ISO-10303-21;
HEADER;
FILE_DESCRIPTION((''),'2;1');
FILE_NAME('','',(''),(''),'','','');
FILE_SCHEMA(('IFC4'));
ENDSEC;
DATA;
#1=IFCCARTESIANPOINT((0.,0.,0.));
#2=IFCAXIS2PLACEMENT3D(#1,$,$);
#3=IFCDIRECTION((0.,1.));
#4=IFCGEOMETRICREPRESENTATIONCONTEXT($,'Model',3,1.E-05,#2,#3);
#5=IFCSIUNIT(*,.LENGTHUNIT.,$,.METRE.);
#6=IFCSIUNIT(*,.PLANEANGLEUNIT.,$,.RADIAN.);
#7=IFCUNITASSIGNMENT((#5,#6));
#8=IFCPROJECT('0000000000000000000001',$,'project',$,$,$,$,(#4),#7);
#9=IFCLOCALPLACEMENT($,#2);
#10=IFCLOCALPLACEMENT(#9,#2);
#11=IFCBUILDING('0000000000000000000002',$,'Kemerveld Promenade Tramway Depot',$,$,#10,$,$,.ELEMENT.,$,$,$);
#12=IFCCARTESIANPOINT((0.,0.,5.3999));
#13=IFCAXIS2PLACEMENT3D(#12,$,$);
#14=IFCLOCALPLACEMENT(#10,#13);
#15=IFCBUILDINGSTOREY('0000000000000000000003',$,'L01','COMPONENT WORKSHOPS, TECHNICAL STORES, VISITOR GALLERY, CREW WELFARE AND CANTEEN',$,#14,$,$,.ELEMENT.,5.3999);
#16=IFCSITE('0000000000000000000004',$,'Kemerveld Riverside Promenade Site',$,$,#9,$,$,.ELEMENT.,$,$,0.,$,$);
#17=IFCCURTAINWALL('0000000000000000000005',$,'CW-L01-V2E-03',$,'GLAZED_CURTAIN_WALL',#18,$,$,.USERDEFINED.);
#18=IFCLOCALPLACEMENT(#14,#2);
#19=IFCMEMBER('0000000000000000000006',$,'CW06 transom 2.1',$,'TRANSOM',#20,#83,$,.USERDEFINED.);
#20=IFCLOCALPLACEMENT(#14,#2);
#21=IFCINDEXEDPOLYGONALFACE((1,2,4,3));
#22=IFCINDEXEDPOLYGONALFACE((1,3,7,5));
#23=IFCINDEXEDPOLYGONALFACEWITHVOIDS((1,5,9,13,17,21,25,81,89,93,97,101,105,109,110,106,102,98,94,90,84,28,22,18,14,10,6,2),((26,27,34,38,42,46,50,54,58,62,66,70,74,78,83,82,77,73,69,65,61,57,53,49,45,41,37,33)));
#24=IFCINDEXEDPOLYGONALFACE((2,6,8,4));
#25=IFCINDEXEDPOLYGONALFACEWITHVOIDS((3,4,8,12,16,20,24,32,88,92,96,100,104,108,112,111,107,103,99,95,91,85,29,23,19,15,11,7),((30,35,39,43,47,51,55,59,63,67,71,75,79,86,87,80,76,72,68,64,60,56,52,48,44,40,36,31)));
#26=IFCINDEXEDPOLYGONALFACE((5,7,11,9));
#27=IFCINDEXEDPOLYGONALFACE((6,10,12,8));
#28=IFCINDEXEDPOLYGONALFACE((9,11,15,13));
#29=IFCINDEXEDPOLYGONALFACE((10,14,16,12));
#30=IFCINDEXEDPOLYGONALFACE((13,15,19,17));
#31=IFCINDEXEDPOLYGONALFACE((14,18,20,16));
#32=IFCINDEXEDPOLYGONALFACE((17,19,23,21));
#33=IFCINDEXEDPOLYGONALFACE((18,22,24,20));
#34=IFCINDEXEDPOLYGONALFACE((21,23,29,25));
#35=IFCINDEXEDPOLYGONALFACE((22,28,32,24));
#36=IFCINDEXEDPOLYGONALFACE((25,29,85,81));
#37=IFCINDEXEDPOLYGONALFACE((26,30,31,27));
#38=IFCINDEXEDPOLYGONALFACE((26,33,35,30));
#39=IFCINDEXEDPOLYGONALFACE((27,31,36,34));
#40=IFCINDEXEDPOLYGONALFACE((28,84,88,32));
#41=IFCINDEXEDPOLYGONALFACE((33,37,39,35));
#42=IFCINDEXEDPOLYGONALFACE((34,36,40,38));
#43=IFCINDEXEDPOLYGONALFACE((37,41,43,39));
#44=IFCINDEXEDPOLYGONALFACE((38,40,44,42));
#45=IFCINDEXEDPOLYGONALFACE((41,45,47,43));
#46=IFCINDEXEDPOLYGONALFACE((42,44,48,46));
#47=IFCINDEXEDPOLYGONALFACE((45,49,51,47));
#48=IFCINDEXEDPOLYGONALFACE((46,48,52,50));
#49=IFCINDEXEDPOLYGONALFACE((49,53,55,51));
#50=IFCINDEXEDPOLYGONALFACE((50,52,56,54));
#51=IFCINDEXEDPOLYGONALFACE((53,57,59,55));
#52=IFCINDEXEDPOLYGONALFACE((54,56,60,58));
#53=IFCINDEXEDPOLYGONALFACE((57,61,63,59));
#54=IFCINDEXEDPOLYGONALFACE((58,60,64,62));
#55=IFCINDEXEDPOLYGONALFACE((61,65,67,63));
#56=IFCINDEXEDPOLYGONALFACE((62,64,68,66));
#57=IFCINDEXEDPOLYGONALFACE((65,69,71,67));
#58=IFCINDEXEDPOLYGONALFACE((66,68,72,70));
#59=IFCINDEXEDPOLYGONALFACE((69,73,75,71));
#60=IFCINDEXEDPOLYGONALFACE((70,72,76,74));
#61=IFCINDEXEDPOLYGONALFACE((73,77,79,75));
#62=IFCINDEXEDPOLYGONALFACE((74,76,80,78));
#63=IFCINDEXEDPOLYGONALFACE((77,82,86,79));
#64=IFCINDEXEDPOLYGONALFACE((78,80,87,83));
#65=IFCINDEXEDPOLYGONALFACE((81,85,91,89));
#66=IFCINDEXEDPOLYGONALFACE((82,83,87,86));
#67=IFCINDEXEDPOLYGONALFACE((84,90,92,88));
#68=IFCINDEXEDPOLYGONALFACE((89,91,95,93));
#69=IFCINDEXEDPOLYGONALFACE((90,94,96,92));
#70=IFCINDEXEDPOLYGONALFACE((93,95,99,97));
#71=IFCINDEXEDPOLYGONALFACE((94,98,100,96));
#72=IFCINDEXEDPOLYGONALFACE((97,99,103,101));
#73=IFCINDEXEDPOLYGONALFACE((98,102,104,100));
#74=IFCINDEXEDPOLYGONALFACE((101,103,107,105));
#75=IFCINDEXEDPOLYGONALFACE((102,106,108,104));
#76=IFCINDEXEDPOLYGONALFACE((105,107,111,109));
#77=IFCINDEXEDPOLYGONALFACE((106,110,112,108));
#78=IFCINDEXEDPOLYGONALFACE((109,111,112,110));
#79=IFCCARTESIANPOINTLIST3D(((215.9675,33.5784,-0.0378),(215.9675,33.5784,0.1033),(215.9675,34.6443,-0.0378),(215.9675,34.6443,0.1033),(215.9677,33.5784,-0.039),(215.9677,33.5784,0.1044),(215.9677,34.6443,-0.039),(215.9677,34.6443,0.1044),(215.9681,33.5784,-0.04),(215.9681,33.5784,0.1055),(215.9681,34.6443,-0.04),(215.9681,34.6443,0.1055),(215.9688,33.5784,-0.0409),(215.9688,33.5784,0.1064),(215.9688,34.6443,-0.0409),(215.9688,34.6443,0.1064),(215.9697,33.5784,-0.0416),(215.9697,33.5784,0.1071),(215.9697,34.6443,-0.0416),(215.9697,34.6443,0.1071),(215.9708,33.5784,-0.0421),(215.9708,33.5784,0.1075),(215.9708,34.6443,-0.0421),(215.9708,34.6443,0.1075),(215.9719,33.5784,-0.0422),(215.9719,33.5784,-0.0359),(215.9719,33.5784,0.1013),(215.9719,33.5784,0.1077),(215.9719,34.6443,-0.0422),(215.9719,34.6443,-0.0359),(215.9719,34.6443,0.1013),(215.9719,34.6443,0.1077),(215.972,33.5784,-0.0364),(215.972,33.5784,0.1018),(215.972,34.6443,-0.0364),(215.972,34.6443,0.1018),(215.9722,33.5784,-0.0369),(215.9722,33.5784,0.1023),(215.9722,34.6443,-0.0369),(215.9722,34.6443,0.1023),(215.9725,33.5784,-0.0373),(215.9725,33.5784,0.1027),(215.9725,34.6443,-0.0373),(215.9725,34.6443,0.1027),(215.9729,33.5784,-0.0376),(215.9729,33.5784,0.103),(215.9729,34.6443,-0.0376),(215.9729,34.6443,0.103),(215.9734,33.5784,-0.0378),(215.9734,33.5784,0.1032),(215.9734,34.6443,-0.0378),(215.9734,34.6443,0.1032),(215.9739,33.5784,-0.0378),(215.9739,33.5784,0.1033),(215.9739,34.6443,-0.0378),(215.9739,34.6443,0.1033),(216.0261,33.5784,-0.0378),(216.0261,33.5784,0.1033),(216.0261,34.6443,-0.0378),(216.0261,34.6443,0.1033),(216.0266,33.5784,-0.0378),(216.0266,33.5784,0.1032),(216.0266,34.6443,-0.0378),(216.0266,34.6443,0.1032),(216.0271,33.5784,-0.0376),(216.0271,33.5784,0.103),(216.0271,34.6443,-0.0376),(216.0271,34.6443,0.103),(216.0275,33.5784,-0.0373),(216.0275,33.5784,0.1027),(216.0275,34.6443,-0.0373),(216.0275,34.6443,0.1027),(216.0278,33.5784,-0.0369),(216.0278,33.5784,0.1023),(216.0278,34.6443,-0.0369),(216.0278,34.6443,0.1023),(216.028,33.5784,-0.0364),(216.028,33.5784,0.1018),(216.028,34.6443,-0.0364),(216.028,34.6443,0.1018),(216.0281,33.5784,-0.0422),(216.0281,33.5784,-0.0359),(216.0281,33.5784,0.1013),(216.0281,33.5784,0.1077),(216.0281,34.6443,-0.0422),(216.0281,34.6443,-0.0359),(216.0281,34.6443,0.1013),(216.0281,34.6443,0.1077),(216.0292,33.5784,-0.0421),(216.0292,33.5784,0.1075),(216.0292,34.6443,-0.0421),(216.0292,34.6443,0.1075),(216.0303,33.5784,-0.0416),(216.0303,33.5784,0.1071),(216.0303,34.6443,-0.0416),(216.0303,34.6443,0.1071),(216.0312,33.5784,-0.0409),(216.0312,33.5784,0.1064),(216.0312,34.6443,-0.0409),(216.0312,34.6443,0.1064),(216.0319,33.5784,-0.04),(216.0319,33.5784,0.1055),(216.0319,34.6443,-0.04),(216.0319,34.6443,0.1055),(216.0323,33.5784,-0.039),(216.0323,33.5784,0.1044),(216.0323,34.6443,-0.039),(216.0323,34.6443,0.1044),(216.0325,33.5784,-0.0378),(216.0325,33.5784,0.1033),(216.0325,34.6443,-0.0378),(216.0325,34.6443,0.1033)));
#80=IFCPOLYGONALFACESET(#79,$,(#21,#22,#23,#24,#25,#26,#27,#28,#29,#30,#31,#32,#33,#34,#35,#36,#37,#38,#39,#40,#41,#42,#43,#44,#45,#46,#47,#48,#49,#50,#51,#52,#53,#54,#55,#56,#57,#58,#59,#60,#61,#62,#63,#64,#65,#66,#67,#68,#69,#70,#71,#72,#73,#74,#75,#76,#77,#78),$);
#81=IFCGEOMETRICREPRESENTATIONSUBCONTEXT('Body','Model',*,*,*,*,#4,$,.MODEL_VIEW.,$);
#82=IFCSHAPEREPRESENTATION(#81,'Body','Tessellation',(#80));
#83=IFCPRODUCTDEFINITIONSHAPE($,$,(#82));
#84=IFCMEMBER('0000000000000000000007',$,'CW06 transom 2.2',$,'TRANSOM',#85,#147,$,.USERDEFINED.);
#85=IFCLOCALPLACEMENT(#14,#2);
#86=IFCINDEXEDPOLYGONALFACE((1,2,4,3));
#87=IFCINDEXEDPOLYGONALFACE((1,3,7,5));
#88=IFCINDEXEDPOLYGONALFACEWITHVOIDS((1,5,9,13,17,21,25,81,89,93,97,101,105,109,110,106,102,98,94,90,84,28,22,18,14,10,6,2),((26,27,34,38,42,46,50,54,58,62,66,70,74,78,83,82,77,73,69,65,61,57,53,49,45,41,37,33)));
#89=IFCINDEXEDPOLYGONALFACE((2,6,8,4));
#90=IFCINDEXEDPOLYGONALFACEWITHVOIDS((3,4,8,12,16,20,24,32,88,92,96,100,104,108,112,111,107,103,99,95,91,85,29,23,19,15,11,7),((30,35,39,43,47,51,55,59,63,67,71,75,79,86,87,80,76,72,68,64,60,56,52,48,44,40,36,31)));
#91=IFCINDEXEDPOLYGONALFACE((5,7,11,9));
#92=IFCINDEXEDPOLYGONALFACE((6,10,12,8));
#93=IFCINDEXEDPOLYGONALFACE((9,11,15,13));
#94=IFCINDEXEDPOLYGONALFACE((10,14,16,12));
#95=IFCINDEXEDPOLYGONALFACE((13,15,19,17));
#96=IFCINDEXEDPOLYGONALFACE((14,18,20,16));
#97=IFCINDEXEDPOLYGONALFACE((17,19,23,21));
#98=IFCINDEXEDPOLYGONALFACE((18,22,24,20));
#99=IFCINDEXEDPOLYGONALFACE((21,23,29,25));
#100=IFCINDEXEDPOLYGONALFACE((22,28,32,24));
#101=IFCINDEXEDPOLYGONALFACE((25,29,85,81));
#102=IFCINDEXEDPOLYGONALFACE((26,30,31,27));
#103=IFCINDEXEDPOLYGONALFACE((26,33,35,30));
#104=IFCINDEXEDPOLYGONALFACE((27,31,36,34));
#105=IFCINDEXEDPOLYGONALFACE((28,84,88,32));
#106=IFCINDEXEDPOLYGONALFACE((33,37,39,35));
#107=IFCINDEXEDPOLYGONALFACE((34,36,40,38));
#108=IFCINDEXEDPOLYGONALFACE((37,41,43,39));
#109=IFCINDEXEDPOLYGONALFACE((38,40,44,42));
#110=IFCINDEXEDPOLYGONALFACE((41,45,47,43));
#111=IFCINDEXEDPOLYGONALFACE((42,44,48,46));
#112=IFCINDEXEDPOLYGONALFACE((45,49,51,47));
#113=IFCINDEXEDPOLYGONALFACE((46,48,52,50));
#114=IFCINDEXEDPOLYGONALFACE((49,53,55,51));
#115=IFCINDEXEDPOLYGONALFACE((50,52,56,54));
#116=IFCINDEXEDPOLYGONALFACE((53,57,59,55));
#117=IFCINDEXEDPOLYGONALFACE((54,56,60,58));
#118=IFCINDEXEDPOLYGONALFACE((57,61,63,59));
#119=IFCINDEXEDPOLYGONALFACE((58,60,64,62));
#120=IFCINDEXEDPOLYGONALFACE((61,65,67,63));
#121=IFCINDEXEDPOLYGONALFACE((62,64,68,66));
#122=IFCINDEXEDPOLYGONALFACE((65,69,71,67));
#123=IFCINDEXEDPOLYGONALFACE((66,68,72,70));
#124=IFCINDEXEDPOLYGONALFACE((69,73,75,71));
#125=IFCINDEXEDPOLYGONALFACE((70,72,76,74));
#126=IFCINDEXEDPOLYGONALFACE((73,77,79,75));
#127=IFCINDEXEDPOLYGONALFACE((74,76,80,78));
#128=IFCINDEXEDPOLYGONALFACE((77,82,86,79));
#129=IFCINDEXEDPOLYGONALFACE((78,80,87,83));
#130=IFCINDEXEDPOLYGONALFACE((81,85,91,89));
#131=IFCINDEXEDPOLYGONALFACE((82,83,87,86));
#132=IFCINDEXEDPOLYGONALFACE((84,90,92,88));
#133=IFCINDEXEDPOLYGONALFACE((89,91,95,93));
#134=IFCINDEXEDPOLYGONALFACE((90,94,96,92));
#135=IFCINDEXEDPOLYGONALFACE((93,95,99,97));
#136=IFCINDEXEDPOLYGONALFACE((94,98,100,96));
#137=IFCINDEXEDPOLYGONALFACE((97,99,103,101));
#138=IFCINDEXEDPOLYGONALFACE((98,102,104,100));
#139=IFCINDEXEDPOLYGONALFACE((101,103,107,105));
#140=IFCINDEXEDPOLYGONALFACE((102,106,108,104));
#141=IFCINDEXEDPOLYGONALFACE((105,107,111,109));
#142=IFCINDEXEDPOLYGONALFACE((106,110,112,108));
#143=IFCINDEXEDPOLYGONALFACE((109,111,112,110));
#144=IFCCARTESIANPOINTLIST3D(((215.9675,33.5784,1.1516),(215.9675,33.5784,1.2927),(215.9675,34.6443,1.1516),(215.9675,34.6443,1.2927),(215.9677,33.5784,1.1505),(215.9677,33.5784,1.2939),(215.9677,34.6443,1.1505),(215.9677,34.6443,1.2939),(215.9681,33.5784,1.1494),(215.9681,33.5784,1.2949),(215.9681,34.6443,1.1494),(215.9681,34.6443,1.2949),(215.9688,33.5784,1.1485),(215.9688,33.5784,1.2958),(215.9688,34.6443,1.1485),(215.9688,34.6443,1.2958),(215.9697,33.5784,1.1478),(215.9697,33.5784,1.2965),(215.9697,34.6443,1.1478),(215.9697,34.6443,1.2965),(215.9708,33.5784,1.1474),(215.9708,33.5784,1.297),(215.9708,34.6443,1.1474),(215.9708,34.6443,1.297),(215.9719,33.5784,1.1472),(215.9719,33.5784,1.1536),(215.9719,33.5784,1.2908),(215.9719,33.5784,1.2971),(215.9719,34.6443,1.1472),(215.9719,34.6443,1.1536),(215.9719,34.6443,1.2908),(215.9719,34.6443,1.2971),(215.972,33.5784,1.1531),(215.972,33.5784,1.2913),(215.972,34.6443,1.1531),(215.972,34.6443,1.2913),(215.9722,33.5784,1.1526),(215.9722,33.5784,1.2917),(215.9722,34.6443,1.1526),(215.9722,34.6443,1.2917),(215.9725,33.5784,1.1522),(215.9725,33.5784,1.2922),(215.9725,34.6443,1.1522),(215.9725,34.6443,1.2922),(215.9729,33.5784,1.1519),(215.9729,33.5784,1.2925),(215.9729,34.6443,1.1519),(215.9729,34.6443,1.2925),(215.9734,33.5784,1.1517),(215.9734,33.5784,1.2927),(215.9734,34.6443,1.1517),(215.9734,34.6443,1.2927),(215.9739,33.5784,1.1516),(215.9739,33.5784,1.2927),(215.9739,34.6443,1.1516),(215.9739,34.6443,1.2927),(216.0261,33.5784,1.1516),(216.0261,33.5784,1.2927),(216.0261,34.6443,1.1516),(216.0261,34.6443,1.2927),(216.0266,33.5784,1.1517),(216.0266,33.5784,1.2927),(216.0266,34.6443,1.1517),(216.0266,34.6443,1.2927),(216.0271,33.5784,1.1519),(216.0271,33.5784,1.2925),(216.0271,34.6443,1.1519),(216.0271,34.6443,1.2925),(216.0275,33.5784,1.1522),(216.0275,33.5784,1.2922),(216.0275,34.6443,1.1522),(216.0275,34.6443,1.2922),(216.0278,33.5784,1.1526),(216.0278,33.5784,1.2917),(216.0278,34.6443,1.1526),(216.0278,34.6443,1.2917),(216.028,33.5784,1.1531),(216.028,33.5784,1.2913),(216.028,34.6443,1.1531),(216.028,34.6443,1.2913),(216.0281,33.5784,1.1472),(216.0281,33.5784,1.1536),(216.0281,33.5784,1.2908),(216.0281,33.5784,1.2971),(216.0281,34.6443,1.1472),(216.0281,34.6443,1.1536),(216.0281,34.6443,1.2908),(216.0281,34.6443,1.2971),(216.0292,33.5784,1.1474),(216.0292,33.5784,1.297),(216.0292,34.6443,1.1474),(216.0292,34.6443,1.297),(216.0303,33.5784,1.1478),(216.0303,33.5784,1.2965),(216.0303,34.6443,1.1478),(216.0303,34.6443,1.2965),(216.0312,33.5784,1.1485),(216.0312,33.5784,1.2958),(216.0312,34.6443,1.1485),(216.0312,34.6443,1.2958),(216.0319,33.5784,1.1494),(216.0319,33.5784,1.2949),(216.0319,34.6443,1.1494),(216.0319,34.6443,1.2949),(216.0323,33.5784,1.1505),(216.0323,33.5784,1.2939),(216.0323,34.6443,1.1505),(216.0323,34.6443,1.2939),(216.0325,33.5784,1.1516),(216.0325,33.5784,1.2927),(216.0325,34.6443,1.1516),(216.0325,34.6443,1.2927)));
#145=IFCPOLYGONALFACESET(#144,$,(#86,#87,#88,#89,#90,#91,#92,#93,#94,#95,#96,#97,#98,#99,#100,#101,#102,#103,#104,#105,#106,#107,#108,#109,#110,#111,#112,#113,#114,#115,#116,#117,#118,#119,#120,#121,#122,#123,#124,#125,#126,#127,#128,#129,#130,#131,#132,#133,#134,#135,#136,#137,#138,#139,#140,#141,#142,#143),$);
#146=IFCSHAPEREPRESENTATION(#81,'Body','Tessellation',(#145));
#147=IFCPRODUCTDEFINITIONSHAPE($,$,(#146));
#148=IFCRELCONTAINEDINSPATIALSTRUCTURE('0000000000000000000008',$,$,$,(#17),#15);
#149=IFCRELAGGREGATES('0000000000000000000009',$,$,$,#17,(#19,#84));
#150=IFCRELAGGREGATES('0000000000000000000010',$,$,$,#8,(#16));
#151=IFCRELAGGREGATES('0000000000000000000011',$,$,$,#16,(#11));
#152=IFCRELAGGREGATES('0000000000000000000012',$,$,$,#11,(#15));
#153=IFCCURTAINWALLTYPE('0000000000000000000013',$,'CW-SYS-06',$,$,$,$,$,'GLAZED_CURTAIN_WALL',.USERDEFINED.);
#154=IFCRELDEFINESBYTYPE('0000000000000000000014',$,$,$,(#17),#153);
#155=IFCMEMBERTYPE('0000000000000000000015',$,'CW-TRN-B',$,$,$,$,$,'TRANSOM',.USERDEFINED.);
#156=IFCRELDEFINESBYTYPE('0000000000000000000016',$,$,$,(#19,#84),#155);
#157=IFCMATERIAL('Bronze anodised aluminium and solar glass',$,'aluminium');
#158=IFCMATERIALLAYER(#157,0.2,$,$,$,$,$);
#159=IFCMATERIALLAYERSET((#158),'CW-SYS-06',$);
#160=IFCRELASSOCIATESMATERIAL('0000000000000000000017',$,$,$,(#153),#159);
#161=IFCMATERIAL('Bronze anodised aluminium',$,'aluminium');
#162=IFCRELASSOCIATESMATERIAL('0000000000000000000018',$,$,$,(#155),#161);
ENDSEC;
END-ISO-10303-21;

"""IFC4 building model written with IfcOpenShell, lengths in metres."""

from ifc_helpers import new_model, si_unit, direction, frame, origin, origin_2d, place, context, subcontext, project, spatial, hollow_rectangle, extrude, material, layer, layer_set, material_profile, profile_set, type_object, element, aggregate, save


model = new_model("IFC4")

# Units and contexts
model_context = context("Model", 3, precision=1e-05, world=origin(), true_north=direction((0.0, 1.0)))
body_context = subcontext(model_context, "Body", "Model", "MODEL_VIEW")
ifc_project = project(units=[si_unit("LENGTHUNIT", "METRE"), si_unit("PLANEANGLEUNIT", "RADIAN")], contexts=[model_context])

# Site, building, storey
site_placement = place(None, origin())
site = spatial("IfcSite", under=ifc_project, at=site_placement, Name="Kemerveld Riverside Promenade Site", CompositionType="ELEMENT", RefElevation=0.0)
building_placement = place(site_placement, origin())
building = spatial("IfcBuilding", under=site, at=building_placement, Name="Kemerveld Promenade Tramway Depot", CompositionType="ELEMENT")
storey_placement = place(building_placement, frame((0.0, 0.0, 5.3999)))
storey = spatial("IfcBuildingStorey", under=building, at=storey_placement, Name="L01", Description="COMPONENT WORKSHOPS, TECHNICAL STORES, VISITOR GALLERY, CREW WELFARE AND CANTEEN", CompositionType="ELEMENT", Elevation=5.3999)

# Curtain wall, members
ifc_material_1 = material(Name="Bronze anodised aluminium and solar glass", Category="aluminium")
ifc_layer_1 = layer(ifc_material_1, 0.2)
ifc_layer_set_1 = layer_set([ifc_layer_1], Name="CW-SYS-06")
curtain_wall_type = type_object("IfcCurtainWallType", Name="CW-SYS-06", ElementType="GLAZED_CURTAIN_WALL", PredefinedType="USERDEFINED", material=ifc_layer_set_1)
curtain_wall_placement = place(storey_placement, origin())
curtain_wall = element("IfcCurtainWall", 1, at=curtain_wall_placement, inside=storey, type_object=curtain_wall_type, Name="CW-L01-V2E-03", ObjectType="GLAZED_CURTAIN_WALL", PredefinedType="USERDEFINED")
ifc_material_2 = material(Name="Bronze anodised aluminium", Category="aluminium")
ifc_material_profile_1 = material_profile(ifc_material_2, hollow_rectangle(XDim=0.0649, YDim=0.1499, WallThickness=0.0044, InnerFilletRadius=0.002, OuterFilletRadius=0.0044, at=origin_2d()), Name="CW-TRN-150x65")
ifc_profile_set_1 = profile_set([ifc_material_profile_1], Name="Bronze anodised aluminium")
member_type_1 = type_object("IfcMemberType", Name="CW-TRN-B", ElementType="TRANSOM", PredefinedType="USERDEFINED", material=ifc_profile_set_1)
member_1_placement = place(storey_placement, frame((216.0, 34.6443, 0.0327), z_axis=(0.0, -1.0, 0.0), x_axis=(1.0, 0.0, 0.0)))
member_1 = element("IfcMember", 2, at=member_1_placement, type_object=member_type_1, Name="CW06 transom 2.1", ObjectType="TRANSOM", PredefinedType="USERDEFINED", context=body_context, shape_type="SweptSolid", body=[
    extrude(hollow_rectangle(XDim=0.0649, YDim=0.1499, WallThickness=0.0044, InnerFilletRadius=0.002, OuterFilletRadius=0.0044, at=origin_2d()), origin(), (0.0, 0.0, 1.0), 1.0659),
])
member_2_placement = place(storey_placement, frame((216.0, 34.6443, 1.2222), z_axis=(0.0, -1.0, 0.0), x_axis=(1.0, 0.0, 0.0)))
member_2 = element("IfcMember", 3, at=member_2_placement, type_object=member_type_1, Name="CW06 transom 2.2", ObjectType="TRANSOM", PredefinedType="USERDEFINED", context=body_context, shape_type="SweptSolid", body=[
    extrude(hollow_rectangle(XDim=0.0649, YDim=0.1499, WallThickness=0.0044, InnerFilletRadius=0.002, OuterFilletRadius=0.0044, at=origin_2d()), origin(), (0.0, 0.0, 1.0), 1.0659),
])
aggregate(curtain_wall, [member_1, member_2])

save(model, "model.ifc")
